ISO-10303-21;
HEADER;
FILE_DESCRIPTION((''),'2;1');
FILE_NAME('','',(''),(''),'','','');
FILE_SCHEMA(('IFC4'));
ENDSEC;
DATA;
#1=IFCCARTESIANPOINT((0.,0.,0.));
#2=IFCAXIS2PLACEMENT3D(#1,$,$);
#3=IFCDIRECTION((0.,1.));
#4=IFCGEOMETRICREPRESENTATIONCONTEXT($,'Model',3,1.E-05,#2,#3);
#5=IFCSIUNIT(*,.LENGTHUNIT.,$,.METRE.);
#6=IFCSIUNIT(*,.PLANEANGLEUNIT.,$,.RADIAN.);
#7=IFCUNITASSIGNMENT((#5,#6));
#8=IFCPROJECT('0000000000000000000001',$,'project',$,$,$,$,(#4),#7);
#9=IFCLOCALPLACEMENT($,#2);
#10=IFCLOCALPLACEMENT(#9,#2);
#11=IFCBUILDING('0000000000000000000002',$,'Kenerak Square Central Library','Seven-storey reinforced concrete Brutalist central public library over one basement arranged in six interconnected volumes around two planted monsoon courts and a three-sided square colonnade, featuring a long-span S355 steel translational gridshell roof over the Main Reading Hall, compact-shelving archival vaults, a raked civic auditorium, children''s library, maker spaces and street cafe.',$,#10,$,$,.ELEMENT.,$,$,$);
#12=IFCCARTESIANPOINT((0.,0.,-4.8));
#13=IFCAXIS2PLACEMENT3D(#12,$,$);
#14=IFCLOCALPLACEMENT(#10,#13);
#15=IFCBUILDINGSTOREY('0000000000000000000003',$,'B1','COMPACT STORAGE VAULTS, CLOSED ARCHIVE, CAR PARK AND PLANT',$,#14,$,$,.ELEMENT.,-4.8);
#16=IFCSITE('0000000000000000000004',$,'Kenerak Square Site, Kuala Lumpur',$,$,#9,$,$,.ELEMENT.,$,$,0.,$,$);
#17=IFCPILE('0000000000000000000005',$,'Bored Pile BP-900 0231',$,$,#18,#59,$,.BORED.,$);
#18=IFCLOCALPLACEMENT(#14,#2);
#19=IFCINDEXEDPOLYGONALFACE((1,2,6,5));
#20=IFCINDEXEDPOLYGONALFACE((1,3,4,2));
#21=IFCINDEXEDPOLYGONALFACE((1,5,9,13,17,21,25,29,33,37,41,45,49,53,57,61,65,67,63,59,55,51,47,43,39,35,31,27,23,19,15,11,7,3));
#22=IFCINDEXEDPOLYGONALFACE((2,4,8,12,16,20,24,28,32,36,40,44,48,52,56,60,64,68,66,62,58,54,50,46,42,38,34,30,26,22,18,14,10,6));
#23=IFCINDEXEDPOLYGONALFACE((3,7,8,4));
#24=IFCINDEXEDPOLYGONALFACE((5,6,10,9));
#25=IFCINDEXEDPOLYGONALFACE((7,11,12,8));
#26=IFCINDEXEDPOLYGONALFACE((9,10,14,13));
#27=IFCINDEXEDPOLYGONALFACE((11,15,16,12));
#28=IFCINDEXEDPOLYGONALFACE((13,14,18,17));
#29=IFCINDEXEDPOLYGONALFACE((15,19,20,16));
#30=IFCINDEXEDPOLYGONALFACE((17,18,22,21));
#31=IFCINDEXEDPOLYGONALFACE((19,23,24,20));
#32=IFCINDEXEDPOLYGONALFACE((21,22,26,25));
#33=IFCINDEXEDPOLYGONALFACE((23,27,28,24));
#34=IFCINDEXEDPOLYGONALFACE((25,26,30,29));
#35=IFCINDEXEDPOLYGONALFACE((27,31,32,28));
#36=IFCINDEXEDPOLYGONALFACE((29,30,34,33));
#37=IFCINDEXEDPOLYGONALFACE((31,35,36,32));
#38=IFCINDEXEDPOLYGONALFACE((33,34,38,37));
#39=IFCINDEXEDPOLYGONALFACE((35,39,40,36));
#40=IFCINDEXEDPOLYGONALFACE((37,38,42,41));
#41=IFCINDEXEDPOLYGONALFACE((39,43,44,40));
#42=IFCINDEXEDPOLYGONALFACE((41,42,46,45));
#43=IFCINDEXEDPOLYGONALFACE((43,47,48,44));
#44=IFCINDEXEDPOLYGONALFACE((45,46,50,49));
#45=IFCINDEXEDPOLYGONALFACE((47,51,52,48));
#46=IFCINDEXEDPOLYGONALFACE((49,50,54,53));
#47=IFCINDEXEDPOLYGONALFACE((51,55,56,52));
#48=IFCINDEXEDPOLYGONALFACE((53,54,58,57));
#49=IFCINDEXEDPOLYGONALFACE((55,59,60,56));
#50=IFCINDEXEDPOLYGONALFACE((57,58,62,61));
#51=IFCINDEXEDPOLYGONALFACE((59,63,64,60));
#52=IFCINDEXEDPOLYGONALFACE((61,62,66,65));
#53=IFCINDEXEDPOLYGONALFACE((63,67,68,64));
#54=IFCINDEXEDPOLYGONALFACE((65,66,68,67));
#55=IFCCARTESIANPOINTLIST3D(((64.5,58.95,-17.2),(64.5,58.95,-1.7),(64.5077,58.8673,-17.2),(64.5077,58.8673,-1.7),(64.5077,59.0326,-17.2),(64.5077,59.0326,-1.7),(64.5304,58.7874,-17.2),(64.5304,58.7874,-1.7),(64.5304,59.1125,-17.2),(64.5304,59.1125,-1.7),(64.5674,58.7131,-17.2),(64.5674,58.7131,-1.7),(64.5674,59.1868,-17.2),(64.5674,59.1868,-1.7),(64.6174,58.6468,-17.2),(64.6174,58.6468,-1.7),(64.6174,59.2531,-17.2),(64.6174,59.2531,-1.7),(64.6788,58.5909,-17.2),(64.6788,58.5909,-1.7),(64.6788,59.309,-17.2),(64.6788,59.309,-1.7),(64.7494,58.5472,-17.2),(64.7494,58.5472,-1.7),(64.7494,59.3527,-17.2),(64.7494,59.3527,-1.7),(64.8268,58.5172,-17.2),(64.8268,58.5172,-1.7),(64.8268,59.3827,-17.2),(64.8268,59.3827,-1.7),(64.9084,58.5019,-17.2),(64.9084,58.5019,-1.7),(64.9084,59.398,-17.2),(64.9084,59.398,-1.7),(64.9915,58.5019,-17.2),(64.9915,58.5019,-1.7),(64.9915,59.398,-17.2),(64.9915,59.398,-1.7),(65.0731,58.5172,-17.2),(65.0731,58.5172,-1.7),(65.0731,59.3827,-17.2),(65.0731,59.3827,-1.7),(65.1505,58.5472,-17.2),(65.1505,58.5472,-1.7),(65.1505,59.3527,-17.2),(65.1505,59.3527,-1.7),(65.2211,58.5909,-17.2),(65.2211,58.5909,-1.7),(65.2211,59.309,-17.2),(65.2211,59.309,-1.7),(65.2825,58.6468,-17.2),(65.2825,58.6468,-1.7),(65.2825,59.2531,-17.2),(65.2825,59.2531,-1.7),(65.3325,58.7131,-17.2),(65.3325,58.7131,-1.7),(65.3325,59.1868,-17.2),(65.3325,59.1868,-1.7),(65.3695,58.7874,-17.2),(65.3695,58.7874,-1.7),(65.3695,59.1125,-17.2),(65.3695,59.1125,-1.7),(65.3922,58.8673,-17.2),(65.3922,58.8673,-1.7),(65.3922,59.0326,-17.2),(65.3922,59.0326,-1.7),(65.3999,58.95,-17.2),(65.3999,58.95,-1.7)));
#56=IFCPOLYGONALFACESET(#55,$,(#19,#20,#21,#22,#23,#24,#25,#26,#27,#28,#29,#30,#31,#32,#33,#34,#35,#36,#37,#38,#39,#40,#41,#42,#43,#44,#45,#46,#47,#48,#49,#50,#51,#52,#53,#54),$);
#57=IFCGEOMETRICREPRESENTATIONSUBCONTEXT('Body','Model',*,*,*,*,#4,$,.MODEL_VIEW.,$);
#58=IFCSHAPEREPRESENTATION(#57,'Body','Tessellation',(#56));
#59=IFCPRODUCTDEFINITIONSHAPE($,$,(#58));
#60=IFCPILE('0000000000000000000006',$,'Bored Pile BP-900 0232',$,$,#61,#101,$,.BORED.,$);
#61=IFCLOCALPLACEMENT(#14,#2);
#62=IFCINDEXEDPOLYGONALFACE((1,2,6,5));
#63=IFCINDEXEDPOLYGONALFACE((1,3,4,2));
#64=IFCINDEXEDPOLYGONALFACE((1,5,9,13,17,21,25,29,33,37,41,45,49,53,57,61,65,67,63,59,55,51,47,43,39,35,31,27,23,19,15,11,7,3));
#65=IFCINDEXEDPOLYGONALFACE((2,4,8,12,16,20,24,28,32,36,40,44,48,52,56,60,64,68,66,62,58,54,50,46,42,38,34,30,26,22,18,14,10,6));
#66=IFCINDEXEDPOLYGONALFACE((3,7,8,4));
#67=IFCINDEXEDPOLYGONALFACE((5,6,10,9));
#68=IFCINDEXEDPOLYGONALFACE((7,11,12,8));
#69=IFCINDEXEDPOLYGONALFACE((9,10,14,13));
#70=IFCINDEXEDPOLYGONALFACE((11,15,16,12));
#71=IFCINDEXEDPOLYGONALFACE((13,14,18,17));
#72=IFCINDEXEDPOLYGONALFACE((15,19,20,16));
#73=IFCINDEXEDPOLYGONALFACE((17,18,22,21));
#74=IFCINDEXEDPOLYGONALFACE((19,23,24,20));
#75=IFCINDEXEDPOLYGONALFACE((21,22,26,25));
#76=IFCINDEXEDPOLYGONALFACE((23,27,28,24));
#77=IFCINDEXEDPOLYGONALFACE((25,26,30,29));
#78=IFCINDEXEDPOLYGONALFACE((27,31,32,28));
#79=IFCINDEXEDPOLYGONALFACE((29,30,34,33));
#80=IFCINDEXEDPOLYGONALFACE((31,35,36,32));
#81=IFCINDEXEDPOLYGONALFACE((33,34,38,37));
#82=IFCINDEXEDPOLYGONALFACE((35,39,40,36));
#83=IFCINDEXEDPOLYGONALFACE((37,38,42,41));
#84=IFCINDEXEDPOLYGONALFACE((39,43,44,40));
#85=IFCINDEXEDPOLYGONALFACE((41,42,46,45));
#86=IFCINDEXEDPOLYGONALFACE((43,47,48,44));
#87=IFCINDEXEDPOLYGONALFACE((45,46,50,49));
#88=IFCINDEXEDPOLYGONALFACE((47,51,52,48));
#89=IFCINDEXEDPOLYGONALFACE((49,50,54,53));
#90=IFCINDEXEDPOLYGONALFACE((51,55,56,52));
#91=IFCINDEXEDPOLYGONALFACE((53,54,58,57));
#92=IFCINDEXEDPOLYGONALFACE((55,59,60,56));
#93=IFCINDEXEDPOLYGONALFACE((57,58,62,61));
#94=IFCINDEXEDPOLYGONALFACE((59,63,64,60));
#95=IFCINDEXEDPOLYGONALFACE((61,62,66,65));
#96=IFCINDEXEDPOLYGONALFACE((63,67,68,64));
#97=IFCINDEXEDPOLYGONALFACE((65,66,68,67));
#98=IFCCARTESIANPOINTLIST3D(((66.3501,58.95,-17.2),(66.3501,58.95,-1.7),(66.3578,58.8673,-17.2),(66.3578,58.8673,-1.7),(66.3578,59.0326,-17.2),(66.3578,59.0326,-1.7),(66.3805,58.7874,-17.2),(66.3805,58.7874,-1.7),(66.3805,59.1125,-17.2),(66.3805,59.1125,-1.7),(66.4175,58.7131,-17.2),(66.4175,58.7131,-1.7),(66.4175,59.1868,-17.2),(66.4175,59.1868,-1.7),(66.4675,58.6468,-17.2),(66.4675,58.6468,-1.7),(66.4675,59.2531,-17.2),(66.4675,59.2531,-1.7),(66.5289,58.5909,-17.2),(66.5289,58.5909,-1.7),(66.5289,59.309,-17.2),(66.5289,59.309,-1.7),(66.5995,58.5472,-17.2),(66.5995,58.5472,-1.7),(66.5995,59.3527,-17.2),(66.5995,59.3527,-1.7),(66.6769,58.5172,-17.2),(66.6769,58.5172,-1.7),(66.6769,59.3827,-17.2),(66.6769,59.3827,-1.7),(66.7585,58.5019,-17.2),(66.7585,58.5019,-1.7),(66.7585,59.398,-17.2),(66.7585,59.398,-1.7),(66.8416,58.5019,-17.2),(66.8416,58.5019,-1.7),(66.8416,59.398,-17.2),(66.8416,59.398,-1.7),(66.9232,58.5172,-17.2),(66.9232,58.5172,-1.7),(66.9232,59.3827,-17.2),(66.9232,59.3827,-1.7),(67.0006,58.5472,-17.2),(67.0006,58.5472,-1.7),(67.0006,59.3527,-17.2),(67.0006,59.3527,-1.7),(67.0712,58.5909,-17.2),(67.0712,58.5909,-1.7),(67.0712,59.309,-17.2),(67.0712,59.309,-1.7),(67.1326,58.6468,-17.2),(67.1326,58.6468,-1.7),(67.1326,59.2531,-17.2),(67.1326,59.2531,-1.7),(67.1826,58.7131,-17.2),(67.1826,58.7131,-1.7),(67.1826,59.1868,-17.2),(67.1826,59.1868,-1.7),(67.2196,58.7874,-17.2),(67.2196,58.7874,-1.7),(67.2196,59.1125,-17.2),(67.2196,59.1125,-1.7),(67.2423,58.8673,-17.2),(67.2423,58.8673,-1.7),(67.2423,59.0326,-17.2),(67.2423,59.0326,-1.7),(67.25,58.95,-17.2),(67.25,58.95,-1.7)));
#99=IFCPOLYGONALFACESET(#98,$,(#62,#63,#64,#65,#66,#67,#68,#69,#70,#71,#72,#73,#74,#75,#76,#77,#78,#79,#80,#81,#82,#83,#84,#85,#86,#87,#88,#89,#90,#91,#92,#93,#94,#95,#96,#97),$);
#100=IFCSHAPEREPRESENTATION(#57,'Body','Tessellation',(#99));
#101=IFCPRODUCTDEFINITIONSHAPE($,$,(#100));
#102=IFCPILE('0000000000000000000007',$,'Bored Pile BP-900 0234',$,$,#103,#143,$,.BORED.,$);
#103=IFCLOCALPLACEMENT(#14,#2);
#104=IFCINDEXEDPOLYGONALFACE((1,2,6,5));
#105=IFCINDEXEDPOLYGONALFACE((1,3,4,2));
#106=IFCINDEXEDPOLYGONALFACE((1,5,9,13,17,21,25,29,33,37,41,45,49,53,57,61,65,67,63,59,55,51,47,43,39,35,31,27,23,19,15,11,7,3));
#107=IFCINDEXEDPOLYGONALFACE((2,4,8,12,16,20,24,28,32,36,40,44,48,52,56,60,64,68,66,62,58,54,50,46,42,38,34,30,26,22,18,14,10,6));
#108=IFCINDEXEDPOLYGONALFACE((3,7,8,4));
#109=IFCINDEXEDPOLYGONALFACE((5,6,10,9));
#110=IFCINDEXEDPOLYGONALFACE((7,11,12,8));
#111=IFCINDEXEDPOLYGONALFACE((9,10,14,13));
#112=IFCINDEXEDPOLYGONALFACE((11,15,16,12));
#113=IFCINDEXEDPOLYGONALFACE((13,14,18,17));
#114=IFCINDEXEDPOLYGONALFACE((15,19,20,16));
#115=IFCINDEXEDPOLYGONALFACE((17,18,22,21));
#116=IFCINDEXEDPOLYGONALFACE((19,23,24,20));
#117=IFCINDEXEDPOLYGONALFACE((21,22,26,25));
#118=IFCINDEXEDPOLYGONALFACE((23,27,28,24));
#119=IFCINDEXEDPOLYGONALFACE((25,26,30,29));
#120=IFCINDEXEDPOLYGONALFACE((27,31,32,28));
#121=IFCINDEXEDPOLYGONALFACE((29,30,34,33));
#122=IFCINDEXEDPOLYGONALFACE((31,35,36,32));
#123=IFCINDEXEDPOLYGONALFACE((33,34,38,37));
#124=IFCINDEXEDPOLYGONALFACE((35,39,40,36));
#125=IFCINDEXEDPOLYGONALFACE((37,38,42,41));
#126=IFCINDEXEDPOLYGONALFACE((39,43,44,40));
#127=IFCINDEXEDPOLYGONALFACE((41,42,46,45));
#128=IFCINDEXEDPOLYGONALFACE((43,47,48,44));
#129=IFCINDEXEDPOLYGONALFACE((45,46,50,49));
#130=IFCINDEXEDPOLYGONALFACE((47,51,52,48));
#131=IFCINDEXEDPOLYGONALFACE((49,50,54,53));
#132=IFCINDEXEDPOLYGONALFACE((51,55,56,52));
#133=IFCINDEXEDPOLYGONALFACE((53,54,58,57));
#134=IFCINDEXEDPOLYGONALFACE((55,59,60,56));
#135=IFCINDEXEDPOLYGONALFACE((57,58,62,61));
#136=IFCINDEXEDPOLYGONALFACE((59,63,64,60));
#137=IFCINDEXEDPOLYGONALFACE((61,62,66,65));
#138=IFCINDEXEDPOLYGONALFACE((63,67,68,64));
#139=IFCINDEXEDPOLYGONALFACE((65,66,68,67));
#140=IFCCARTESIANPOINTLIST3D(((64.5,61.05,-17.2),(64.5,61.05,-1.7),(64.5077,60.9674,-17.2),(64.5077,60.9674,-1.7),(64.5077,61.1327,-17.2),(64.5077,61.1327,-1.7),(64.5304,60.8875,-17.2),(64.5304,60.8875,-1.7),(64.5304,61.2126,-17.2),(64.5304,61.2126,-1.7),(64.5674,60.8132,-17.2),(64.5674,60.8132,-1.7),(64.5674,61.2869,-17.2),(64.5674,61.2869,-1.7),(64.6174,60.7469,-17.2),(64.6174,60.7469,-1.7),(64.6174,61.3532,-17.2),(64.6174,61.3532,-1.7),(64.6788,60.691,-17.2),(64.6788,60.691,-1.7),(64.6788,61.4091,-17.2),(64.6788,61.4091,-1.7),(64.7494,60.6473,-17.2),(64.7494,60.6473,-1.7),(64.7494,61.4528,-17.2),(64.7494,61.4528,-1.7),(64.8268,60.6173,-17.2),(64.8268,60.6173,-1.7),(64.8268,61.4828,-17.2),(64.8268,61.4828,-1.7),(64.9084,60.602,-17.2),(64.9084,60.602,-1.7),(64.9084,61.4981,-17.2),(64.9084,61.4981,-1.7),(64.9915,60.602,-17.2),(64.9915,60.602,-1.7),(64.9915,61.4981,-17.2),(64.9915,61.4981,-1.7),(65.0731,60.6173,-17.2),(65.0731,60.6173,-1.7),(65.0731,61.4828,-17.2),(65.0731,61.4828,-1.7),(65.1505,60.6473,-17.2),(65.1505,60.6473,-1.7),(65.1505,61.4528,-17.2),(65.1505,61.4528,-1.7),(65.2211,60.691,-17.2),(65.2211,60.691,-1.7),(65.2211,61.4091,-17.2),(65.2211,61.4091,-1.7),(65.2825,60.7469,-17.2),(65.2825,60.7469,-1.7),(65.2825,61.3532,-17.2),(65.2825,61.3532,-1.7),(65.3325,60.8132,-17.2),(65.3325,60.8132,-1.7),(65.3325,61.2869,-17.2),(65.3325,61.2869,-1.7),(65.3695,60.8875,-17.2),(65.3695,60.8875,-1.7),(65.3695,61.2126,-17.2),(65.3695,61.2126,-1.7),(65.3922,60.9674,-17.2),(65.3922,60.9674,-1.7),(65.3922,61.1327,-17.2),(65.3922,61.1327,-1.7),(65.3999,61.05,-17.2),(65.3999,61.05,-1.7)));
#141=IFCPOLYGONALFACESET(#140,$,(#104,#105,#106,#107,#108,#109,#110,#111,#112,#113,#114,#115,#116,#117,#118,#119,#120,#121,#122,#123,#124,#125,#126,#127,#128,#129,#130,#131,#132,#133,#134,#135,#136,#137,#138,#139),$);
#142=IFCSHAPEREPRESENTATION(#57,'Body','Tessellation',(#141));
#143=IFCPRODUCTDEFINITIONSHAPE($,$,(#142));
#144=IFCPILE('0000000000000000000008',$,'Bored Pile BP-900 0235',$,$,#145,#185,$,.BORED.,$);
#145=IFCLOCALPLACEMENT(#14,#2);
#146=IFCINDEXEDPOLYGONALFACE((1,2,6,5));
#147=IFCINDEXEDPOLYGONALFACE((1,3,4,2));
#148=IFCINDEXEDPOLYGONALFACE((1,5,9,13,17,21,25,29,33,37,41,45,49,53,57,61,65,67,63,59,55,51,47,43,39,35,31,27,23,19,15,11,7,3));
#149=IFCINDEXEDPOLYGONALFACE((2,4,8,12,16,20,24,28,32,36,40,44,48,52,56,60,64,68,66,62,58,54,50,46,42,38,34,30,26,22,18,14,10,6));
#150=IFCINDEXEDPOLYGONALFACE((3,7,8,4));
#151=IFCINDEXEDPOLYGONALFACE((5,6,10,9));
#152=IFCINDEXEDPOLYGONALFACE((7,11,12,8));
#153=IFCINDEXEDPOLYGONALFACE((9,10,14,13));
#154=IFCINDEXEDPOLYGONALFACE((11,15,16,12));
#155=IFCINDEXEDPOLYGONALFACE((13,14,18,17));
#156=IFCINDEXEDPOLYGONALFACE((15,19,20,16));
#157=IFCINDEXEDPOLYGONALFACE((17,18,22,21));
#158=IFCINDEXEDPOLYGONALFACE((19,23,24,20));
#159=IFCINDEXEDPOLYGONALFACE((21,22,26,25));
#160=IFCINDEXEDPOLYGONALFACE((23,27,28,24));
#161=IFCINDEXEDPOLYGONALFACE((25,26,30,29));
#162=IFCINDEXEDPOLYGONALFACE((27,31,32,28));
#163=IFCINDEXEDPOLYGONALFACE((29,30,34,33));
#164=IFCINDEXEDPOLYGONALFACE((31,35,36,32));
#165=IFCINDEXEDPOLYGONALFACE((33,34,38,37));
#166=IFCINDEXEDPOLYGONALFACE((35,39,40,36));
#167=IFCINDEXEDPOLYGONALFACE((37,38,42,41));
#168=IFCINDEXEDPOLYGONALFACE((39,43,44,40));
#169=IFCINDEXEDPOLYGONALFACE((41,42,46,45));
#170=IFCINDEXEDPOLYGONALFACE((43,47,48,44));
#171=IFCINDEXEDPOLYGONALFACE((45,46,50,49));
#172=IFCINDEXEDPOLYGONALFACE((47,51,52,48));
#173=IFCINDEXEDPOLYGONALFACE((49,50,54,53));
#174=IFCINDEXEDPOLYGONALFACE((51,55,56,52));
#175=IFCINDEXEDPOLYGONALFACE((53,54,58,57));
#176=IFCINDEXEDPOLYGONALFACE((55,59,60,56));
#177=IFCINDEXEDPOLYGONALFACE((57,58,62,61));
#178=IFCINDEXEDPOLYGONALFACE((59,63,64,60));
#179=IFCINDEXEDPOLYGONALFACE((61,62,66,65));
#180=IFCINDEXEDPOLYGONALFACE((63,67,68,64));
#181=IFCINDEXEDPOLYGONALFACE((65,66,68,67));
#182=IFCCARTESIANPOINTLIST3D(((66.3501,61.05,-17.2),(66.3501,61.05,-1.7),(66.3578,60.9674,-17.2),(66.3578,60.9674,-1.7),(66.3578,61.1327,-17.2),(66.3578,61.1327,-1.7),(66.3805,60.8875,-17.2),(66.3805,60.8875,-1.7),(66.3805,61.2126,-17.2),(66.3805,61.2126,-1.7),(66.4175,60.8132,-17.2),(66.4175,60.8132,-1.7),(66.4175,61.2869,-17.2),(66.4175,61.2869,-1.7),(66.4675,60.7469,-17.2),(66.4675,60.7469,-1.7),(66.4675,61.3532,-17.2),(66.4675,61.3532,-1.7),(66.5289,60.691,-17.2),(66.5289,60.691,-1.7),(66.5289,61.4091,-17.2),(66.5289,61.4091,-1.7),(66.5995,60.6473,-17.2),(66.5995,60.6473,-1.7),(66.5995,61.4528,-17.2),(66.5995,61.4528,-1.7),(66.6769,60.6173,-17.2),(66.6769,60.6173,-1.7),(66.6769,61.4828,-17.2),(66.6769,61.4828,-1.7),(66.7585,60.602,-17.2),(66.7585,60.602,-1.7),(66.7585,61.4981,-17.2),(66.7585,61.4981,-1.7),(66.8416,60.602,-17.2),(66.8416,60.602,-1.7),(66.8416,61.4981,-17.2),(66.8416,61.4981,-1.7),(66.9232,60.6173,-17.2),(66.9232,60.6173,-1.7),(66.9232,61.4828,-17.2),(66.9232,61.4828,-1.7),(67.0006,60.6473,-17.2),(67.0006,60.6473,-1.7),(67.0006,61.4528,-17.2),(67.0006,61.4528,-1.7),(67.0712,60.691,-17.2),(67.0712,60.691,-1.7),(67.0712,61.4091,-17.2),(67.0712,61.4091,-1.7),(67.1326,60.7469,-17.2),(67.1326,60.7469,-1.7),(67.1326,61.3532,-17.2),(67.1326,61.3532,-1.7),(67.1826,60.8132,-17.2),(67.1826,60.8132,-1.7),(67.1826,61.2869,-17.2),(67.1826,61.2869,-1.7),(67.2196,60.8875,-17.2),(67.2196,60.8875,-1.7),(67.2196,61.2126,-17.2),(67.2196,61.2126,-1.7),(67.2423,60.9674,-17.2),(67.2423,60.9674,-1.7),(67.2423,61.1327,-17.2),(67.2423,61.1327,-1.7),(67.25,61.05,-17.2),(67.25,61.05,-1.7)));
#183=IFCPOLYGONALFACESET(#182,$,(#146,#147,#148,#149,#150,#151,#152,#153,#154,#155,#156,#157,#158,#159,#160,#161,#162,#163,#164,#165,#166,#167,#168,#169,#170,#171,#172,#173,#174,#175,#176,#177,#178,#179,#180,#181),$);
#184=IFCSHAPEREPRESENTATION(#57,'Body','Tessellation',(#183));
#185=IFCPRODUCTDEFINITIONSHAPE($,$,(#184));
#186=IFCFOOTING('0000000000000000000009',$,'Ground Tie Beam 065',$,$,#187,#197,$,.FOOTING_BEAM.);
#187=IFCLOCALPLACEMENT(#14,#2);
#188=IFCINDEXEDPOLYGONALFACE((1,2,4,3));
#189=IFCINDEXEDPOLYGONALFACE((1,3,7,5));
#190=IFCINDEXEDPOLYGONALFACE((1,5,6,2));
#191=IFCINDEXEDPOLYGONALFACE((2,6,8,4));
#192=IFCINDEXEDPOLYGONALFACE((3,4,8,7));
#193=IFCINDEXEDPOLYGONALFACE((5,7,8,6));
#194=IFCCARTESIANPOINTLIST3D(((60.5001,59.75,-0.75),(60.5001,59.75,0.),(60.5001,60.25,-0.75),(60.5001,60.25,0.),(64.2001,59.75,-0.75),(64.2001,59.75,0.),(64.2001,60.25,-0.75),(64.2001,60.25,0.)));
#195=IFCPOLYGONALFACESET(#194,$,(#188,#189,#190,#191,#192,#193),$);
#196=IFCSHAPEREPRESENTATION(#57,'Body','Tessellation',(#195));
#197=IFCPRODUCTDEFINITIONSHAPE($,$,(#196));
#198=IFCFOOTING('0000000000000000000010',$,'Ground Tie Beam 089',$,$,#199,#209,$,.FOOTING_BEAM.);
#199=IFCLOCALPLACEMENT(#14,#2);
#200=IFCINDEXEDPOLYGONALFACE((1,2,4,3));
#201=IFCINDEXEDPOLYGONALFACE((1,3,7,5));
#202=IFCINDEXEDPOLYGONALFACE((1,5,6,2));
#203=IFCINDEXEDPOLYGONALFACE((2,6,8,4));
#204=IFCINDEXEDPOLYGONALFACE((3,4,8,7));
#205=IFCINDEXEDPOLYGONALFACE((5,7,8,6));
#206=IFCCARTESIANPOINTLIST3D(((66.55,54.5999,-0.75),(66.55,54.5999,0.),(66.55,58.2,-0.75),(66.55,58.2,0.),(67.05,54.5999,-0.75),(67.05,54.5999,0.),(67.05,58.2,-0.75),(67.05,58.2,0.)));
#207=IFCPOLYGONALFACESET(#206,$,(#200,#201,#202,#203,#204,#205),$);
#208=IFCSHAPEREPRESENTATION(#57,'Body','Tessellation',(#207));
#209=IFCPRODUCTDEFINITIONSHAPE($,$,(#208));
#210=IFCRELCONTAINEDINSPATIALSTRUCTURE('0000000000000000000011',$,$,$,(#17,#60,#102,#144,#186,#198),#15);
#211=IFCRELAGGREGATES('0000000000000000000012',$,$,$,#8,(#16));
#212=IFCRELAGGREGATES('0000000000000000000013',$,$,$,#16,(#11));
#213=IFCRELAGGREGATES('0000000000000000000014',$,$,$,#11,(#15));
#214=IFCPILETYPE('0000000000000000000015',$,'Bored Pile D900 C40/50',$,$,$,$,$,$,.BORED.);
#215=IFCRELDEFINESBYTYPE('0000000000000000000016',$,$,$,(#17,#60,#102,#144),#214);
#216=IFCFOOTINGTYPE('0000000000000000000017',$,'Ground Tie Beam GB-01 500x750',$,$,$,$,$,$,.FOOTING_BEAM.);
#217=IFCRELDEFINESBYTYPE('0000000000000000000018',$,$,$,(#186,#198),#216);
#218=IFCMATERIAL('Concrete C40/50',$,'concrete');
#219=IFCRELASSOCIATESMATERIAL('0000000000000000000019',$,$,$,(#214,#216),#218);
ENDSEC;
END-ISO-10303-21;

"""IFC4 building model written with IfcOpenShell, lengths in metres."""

from ifc_helpers import new_model, si_unit, direction, frame, origin, origin_2d, place, context, subcontext, project, spatial, rectangle, circle, extrude, material, material_profile, profile_set, type_object, element, save


model = new_model("IFC4")

# Units and contexts
model_context = context("Model", 3, precision=1e-05, world=origin(), true_north=direction((0.0, 1.0)))
body_context = subcontext(model_context, "Body", "Model", "MODEL_VIEW")
ifc_project = project(units=[si_unit("LENGTHUNIT", "METRE"), si_unit("PLANEANGLEUNIT", "RADIAN")], contexts=[model_context])

# Site, building, storey
site_placement = place(None, origin())
site = spatial("IfcSite", under=ifc_project, at=site_placement, Name="Kenerak Square Site, Kuala Lumpur", CompositionType="ELEMENT", RefElevation=0.0)
building_placement = place(site_placement, origin())
building = spatial("IfcBuilding", under=site, at=building_placement, Name="Kenerak Square Central Library", Description="Seven-storey reinforced concrete Brutalist central public library over one basement arranged in six interconnected volumes around two planted monsoon courts and a three-sided square colonnade, featuring a long-span S355 steel translational gridshell roof over the Main Reading Hall, compact-shelving archival vaults, a raked civic auditorium, children's library, maker spaces and street cafe.", CompositionType="ELEMENT")
storey_placement = place(building_placement, frame((0.0, 0.0, -4.8)))
storey = spatial("IfcBuildingStorey", under=building, at=storey_placement, Name="B1", Description="COMPACT STORAGE VAULTS, CLOSED ARCHIVE, CAR PARK AND PLANT", CompositionType="ELEMENT", Elevation=-4.8)

# Piles
ifc_material_1 = material(Name="Concrete C40/50", Category="concrete")
ifc_material_profile_1 = material_profile(ifc_material_1, circle(Radius=0.45, at=origin_2d()), Name="BP D900")
ifc_profile_set_1 = profile_set([ifc_material_profile_1], Name="Concrete C40/50")
pile_type_1 = type_object("IfcPileType", Name="Bored Pile D900 C40/50", PredefinedType="BORED", material=ifc_profile_set_1)
for number, where, z_axis, x_axis, name in (
    (1, (64.95, 58.95, -1.7), (0.0, 0.0, -1.0), (1.0, 0.0, 0.0), "Bored Pile BP-900 0231"),
    (2, (66.8, 58.95, -1.7), (0.0, 0.0, -1.0), (1.0, 0.0, 0.0), "Bored Pile BP-900 0232"),
    (3, (64.95, 61.05, -1.7), (0.0, 0.0, -1.0), (1.0, 0.0, 0.0), "Bored Pile BP-900 0234"),
    (4, (66.8, 61.05, -1.7), (0.0, 0.0, -1.0), (1.0, 0.0, 0.0), "Bored Pile BP-900 0235"),
):
    element("IfcPile", number, at=place(storey_placement, frame(where, z_axis=z_axis, x_axis=x_axis)), inside=storey, type_object=pile_type_1, Name=name, PredefinedType="BORED", context=body_context, shape_type="SweptSolid", body=[
        extrude(circle(Radius=0.45, at=origin_2d()), origin(), (0.0, 0.0, 1.0), 15.5),
    ])

# Footings
footing_type_1 = type_object("IfcFootingType", Name="Ground Tie Beam GB-01 500x750", PredefinedType="FOOTING_BEAM", material=ifc_material_1)
footing_1_placement = place(storey_placement, frame((62.3501, 60.0, -0.75), z_axis=(0.0, 0.0, 1.0), x_axis=(1.0, 0.0, 0.0)))
element("IfcFooting", 5, at=footing_1_placement, inside=storey, type_object=footing_type_1, Name="Ground Tie Beam 065", PredefinedType="FOOTING_BEAM", context=body_context, shape_type="SweptSolid", body=[
    extrude(rectangle(XDim=3.7, YDim=0.5, at=origin_2d()), origin(), (0.0, 0.0, 1.0), 0.75),
])
footing_2_placement = place(storey_placement, frame((66.8, 56.3999, -0.75), z_axis=(0.0, 0.0, 1.0), x_axis=(1.0, 0.0, 0.0)))
element("IfcFooting", 6, at=footing_2_placement, inside=storey, type_object=footing_type_1, Name="Ground Tie Beam 089", PredefinedType="FOOTING_BEAM", context=body_context, shape_type="SweptSolid", body=[
    extrude(rectangle(XDim=0.5, YDim=3.6001, at=origin_2d()), origin(), (0.0, 0.0, 1.0), 0.75),
])

save(model, "model.ifc")
